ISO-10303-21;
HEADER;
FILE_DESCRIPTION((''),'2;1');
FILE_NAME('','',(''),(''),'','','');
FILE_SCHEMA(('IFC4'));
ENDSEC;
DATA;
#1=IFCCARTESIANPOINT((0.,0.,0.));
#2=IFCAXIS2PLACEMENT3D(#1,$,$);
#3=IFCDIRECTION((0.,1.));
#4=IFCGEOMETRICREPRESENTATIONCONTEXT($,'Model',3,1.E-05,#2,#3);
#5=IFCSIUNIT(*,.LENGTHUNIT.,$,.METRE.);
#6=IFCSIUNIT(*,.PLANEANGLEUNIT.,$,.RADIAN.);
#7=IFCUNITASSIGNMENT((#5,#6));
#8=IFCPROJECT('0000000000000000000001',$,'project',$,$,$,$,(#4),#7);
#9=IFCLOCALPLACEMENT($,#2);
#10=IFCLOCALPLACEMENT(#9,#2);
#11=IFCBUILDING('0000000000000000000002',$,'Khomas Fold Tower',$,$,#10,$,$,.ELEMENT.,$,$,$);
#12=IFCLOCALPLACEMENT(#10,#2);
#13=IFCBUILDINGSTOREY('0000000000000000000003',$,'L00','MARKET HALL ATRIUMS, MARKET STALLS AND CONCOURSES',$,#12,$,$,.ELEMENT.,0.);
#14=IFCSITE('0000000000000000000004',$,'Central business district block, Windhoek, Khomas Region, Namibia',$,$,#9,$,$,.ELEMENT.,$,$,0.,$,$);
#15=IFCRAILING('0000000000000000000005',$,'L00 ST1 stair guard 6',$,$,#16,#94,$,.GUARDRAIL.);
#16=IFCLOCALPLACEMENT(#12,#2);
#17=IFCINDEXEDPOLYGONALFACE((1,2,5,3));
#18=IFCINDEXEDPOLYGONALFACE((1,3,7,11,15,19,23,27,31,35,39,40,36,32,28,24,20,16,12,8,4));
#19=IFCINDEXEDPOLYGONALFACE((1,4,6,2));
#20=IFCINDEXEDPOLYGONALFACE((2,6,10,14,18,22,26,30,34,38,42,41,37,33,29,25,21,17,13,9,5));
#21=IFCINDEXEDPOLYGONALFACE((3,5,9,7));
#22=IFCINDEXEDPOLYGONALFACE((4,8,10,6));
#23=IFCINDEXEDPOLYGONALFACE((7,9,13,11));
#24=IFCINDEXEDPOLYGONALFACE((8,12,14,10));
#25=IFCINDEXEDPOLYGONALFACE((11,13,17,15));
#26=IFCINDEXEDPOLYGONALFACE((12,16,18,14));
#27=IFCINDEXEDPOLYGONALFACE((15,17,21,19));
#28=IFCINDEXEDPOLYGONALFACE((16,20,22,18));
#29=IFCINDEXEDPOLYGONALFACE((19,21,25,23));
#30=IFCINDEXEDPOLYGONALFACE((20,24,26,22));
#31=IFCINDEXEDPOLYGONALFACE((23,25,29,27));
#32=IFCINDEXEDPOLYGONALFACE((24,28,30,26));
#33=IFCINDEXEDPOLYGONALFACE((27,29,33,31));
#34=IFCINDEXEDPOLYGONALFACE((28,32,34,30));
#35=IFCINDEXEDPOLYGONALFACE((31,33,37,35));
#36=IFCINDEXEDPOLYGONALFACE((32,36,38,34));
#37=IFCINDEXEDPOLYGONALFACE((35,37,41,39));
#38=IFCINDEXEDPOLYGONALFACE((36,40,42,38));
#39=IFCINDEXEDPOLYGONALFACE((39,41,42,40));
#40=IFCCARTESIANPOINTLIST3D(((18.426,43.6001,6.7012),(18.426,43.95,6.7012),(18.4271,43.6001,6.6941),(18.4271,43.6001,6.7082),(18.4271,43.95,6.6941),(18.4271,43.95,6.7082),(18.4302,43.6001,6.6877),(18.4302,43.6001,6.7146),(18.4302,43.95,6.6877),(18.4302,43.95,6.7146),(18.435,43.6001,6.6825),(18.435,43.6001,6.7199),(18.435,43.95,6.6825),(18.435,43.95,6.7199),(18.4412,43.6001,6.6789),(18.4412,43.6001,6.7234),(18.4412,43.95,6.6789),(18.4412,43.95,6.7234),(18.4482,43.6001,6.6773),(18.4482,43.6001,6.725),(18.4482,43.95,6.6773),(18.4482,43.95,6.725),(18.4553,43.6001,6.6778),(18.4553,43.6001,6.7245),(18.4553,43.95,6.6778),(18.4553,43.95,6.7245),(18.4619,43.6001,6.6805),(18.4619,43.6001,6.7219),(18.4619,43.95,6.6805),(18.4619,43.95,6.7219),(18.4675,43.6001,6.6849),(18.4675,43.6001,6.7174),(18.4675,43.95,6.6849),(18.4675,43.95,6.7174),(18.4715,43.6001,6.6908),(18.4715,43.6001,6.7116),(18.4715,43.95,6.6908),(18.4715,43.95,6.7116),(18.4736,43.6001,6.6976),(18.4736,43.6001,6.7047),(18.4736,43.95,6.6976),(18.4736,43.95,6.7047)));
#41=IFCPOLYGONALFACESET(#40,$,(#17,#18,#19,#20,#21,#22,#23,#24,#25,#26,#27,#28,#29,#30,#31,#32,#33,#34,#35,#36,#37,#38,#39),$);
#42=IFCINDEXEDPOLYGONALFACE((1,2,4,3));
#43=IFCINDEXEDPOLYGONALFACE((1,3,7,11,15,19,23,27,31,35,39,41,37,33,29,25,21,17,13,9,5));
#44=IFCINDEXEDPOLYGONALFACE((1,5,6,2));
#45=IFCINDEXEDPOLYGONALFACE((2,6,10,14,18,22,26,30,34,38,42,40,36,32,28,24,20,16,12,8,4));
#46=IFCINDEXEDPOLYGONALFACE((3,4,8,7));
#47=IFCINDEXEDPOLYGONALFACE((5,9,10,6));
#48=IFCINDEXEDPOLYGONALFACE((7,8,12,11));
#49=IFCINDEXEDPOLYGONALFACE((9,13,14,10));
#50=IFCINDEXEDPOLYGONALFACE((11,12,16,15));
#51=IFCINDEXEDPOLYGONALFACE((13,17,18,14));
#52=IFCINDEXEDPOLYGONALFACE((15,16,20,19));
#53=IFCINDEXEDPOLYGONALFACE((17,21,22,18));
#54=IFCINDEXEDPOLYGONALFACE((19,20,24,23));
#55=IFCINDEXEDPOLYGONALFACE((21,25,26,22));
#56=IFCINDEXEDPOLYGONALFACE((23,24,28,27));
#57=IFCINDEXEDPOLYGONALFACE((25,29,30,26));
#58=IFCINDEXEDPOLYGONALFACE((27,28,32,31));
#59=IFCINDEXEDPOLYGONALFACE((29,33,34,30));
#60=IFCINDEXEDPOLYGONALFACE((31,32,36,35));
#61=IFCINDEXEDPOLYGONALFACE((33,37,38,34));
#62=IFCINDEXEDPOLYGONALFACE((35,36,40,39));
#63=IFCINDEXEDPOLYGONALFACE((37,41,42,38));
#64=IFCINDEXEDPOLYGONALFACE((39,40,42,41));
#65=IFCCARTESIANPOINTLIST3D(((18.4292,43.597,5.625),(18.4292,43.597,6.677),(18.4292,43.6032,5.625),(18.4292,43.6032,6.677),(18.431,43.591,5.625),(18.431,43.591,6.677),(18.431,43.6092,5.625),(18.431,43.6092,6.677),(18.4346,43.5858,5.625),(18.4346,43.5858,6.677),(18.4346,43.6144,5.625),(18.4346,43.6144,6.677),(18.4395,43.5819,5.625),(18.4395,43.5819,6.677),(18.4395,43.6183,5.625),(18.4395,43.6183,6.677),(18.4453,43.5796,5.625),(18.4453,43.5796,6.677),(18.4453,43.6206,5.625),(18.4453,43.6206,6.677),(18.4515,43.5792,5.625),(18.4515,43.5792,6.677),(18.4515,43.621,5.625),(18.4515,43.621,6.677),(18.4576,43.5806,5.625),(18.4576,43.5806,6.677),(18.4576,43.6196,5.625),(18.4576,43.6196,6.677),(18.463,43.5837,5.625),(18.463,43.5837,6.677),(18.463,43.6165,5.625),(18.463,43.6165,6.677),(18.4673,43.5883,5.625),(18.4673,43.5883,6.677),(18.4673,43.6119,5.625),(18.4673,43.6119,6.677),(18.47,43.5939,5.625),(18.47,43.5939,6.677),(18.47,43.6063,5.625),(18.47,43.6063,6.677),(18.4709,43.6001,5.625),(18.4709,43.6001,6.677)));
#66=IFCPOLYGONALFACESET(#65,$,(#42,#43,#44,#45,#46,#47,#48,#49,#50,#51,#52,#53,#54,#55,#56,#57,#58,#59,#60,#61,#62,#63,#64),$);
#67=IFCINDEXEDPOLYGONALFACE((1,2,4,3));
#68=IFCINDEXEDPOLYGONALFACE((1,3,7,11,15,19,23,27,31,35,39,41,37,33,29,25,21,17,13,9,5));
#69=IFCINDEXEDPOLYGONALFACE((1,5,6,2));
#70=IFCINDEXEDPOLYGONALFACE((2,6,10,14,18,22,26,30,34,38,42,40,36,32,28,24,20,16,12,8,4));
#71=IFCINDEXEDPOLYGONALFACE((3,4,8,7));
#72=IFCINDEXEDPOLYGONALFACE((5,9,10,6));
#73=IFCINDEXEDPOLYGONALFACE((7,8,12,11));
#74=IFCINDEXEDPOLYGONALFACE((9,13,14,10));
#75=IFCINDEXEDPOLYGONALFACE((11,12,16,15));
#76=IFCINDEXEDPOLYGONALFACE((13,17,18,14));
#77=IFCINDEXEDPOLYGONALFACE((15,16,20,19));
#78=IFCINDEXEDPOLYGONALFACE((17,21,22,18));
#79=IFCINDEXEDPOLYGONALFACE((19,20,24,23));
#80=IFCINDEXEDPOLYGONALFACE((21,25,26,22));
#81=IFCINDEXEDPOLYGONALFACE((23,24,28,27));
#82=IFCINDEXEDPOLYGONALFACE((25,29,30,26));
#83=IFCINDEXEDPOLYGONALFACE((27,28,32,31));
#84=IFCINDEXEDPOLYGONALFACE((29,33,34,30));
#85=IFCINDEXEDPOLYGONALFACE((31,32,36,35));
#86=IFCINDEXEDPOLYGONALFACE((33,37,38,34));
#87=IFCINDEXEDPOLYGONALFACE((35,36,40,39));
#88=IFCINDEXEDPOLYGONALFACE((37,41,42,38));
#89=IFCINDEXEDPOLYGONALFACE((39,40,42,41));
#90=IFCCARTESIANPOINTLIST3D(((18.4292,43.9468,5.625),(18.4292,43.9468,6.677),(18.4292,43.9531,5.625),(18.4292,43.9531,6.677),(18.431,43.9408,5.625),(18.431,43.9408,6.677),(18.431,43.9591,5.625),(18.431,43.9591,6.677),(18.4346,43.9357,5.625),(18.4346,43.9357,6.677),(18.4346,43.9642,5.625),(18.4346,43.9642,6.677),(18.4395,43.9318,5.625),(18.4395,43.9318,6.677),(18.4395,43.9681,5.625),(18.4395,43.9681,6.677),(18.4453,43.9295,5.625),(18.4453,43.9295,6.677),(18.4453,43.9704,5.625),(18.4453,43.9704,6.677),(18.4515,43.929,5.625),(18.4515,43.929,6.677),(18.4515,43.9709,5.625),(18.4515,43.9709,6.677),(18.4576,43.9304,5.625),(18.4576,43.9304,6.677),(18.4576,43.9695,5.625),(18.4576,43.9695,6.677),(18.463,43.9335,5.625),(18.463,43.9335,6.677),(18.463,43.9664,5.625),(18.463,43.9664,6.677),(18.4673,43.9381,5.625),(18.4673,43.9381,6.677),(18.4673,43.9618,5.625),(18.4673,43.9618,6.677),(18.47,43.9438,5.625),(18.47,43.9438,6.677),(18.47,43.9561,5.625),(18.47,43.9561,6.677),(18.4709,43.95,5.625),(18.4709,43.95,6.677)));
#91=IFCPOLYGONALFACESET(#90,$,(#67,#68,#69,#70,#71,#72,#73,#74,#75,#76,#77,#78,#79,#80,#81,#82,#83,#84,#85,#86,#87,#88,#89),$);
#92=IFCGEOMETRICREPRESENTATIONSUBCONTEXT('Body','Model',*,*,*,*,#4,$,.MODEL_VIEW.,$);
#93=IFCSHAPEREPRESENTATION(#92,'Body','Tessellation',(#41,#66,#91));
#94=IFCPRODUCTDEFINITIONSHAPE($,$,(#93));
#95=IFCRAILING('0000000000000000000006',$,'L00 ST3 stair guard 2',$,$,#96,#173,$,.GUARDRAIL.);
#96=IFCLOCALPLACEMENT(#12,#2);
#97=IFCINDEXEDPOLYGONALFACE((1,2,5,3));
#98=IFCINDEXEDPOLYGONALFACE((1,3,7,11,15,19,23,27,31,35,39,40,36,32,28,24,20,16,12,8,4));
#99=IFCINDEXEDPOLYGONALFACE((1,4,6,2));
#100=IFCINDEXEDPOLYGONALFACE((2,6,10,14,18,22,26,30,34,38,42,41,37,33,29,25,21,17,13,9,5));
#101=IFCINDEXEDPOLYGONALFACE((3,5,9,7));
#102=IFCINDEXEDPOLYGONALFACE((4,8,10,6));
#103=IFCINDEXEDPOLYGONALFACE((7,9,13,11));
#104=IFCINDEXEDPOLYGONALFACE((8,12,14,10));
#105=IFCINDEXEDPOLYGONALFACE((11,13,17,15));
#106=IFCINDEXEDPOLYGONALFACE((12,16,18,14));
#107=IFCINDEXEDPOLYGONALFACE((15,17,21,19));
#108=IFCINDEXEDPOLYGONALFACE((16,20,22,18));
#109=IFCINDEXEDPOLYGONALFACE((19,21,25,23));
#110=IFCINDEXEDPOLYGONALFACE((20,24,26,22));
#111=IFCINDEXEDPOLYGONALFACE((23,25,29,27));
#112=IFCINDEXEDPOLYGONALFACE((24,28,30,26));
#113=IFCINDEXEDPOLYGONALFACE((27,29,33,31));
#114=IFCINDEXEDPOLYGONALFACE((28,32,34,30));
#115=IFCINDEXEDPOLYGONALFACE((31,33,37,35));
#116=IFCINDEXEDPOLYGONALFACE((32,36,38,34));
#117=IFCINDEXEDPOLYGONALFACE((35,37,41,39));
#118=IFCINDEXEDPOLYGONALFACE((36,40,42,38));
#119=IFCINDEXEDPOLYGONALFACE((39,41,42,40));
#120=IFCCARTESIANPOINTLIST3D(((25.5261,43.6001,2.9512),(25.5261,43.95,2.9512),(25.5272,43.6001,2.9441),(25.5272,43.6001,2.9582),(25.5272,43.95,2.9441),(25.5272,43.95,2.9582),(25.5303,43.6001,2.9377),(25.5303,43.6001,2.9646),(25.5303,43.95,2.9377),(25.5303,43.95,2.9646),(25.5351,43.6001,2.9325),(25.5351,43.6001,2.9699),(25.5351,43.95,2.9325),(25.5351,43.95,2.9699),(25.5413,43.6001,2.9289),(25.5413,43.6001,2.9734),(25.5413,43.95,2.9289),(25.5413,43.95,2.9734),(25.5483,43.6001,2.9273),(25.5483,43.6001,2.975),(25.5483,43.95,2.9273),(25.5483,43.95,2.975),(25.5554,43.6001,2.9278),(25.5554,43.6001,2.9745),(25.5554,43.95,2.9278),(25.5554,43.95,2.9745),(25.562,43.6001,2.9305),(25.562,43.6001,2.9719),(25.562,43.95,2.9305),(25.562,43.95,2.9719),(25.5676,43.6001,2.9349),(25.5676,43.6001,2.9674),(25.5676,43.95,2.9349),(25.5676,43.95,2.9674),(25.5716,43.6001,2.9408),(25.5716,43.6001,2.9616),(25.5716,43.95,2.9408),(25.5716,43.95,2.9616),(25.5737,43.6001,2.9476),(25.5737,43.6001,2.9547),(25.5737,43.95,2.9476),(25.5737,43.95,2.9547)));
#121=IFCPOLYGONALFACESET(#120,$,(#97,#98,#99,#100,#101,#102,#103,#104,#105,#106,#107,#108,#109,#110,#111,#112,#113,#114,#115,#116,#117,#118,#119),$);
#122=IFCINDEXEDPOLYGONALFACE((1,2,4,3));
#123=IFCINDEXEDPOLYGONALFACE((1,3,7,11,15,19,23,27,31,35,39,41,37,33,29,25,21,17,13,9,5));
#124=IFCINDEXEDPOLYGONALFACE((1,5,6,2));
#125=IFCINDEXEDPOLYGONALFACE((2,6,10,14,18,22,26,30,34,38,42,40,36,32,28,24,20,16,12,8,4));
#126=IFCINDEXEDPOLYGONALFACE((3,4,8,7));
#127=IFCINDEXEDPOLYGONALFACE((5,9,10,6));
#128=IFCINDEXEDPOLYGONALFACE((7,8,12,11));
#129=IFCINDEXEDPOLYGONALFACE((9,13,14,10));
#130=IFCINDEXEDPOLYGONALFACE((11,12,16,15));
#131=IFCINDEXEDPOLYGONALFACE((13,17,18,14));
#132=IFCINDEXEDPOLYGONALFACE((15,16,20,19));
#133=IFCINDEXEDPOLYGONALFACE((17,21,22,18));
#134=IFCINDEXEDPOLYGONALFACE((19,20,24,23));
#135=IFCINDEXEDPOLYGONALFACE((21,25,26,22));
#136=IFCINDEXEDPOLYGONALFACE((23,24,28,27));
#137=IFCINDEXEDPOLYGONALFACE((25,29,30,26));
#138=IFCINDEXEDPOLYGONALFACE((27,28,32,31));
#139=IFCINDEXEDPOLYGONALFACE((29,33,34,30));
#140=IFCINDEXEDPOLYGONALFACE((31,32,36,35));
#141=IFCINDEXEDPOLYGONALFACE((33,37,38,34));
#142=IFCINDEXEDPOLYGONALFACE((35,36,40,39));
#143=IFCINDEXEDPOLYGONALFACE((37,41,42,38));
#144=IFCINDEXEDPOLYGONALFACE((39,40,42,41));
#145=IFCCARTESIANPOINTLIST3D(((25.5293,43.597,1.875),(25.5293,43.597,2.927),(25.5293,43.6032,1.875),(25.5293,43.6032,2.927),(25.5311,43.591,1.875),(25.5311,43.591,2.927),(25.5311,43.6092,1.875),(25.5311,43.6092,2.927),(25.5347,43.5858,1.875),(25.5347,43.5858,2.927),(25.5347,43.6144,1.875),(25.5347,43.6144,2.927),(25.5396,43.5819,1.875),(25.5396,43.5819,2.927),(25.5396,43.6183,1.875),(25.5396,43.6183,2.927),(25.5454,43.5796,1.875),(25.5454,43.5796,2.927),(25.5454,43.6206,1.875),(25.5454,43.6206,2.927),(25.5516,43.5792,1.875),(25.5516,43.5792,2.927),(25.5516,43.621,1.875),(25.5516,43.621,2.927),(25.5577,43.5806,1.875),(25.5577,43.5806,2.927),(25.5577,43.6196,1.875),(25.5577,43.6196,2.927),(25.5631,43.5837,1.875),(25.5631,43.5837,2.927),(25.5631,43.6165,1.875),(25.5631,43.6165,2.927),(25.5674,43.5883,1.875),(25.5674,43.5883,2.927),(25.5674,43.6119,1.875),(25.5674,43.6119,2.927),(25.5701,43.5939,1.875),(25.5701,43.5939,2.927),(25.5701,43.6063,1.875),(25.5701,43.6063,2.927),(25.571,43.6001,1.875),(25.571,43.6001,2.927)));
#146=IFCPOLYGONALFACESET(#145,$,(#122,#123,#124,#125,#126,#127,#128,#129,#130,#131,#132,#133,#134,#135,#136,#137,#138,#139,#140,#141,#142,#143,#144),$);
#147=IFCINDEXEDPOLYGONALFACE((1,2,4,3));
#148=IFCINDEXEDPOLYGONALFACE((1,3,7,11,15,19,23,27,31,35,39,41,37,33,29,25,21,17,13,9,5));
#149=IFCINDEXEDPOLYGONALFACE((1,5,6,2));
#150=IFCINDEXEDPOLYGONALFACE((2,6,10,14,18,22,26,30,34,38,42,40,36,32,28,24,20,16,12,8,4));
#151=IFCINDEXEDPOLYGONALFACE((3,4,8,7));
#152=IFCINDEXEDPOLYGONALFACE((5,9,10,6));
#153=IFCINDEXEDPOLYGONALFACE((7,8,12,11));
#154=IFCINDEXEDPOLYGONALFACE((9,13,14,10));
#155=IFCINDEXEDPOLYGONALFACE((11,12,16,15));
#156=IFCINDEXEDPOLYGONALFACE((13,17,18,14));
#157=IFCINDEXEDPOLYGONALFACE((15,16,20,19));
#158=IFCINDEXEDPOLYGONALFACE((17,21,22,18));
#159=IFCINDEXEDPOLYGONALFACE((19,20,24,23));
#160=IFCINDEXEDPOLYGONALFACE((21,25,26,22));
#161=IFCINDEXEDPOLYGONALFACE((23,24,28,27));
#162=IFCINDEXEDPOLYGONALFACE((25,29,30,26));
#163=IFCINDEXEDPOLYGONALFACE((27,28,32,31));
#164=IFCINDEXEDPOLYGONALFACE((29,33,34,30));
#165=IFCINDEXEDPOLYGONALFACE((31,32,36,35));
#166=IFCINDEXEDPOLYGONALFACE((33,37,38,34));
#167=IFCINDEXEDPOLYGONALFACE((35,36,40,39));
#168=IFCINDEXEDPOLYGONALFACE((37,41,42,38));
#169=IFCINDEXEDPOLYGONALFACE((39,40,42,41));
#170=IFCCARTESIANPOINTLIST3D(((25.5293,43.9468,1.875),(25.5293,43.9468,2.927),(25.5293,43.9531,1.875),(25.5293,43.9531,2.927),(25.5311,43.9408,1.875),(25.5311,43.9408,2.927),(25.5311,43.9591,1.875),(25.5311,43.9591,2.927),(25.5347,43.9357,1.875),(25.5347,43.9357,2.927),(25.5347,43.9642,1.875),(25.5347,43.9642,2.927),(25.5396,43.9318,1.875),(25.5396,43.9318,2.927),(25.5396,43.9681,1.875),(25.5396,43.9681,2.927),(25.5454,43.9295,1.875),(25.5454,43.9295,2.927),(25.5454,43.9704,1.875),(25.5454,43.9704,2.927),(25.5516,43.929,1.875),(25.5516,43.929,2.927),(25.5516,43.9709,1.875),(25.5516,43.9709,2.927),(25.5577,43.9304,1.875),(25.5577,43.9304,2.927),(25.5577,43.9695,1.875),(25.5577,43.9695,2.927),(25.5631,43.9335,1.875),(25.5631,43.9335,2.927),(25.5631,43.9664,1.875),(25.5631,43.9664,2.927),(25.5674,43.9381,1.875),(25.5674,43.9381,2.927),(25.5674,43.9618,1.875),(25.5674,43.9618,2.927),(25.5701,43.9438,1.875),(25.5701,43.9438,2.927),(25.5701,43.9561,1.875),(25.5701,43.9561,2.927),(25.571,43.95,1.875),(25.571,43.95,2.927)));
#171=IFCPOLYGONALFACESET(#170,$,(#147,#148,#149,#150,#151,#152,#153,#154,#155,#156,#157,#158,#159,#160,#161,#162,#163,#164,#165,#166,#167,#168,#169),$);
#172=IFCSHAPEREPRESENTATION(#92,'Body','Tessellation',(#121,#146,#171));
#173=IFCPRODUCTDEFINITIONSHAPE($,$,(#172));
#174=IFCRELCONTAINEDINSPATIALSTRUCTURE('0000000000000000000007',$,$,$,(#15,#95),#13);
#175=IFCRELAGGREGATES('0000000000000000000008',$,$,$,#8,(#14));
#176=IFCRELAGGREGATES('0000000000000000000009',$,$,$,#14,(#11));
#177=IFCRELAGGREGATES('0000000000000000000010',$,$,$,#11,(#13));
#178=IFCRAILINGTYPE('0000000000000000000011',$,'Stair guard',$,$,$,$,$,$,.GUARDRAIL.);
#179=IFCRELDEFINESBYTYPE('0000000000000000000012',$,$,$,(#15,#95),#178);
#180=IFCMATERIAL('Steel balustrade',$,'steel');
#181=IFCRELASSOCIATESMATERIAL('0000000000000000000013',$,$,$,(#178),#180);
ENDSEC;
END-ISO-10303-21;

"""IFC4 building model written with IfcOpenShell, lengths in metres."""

from ifc_helpers import new_model, si_unit, direction, frame, origin, origin_2d, place, context, subcontext, project, spatial, circle, extrude, source, transform, mapped, material, type_object, element, save


model = new_model("IFC4")

# Units and contexts
model_context = context("Model", 3, precision=1e-05, world=origin(), true_north=direction((0.0, 1.0)))
body_context = subcontext(model_context, "Body", "Model", "MODEL_VIEW")
ifc_project = project(units=[si_unit("LENGTHUNIT", "METRE"), si_unit("PLANEANGLEUNIT", "RADIAN")], contexts=[model_context])

# Site, building, storey
site_placement = place(None, origin())
site = spatial("IfcSite", under=ifc_project, at=site_placement, Name="Central business district block, Windhoek, Khomas Region, Namibia", CompositionType="ELEMENT", RefElevation=0.0)
building_placement = place(site_placement, origin())
building = spatial("IfcBuilding", under=site, at=building_placement, Name="Khomas Fold Tower", CompositionType="ELEMENT")
storey_placement = place(building_placement, origin())
storey = spatial("IfcBuildingStorey", under=building, at=storey_placement, Name="L00", Description="MARKET HALL ATRIUMS, MARKET STALLS AND CONCOURSES", CompositionType="ELEMENT", Elevation=0.0)

# Railings
ifc_material_1 = material(Name="Steel balustrade", Category="steel")
railing_type_1 = type_object("IfcRailingType", Name="Stair guard", PredefinedType="GUARDRAIL", material=ifc_material_1)
shared_shape_1 = source(origin(), body_context, "Body", "SweptSolid", [
    extrude(circle(Radius=0.0239, at=origin_2d()), frame((0.0, 0.0, 1.0762), z_axis=(0.0, 1.0, 0.0), x_axis=(-1.0, 0.0, 0.0)), (0.0, 0.0, 1.0), 0.3499),
    extrude(circle(Radius=0.021, at=origin_2d()), origin(), (0.0, 0.0, 1.0), 1.052),
    extrude(circle(Radius=0.021, at=origin_2d()), frame((0.0, 0.3499, 0.0)), (0.0, 0.0, 1.0), 1.052),
])
for number, where, name in (
    (1, (18.45, 43.6001, 5.625), "L00 ST1 stair guard 6"),
    (2, (25.55, 43.6001, 1.875), "L00 ST3 stair guard 2"),
):
    element("IfcRailing", number, at=place(storey_placement, frame(where)), inside=storey, type_object=railing_type_1, Name=name, PredefinedType="GUARDRAIL", context=body_context, shape_type="MappedRepresentation", body=[
        mapped(shared_shape_1, transform((0.0, 0.0, 0.0))),
    ])

save(model, "model.ifc")
